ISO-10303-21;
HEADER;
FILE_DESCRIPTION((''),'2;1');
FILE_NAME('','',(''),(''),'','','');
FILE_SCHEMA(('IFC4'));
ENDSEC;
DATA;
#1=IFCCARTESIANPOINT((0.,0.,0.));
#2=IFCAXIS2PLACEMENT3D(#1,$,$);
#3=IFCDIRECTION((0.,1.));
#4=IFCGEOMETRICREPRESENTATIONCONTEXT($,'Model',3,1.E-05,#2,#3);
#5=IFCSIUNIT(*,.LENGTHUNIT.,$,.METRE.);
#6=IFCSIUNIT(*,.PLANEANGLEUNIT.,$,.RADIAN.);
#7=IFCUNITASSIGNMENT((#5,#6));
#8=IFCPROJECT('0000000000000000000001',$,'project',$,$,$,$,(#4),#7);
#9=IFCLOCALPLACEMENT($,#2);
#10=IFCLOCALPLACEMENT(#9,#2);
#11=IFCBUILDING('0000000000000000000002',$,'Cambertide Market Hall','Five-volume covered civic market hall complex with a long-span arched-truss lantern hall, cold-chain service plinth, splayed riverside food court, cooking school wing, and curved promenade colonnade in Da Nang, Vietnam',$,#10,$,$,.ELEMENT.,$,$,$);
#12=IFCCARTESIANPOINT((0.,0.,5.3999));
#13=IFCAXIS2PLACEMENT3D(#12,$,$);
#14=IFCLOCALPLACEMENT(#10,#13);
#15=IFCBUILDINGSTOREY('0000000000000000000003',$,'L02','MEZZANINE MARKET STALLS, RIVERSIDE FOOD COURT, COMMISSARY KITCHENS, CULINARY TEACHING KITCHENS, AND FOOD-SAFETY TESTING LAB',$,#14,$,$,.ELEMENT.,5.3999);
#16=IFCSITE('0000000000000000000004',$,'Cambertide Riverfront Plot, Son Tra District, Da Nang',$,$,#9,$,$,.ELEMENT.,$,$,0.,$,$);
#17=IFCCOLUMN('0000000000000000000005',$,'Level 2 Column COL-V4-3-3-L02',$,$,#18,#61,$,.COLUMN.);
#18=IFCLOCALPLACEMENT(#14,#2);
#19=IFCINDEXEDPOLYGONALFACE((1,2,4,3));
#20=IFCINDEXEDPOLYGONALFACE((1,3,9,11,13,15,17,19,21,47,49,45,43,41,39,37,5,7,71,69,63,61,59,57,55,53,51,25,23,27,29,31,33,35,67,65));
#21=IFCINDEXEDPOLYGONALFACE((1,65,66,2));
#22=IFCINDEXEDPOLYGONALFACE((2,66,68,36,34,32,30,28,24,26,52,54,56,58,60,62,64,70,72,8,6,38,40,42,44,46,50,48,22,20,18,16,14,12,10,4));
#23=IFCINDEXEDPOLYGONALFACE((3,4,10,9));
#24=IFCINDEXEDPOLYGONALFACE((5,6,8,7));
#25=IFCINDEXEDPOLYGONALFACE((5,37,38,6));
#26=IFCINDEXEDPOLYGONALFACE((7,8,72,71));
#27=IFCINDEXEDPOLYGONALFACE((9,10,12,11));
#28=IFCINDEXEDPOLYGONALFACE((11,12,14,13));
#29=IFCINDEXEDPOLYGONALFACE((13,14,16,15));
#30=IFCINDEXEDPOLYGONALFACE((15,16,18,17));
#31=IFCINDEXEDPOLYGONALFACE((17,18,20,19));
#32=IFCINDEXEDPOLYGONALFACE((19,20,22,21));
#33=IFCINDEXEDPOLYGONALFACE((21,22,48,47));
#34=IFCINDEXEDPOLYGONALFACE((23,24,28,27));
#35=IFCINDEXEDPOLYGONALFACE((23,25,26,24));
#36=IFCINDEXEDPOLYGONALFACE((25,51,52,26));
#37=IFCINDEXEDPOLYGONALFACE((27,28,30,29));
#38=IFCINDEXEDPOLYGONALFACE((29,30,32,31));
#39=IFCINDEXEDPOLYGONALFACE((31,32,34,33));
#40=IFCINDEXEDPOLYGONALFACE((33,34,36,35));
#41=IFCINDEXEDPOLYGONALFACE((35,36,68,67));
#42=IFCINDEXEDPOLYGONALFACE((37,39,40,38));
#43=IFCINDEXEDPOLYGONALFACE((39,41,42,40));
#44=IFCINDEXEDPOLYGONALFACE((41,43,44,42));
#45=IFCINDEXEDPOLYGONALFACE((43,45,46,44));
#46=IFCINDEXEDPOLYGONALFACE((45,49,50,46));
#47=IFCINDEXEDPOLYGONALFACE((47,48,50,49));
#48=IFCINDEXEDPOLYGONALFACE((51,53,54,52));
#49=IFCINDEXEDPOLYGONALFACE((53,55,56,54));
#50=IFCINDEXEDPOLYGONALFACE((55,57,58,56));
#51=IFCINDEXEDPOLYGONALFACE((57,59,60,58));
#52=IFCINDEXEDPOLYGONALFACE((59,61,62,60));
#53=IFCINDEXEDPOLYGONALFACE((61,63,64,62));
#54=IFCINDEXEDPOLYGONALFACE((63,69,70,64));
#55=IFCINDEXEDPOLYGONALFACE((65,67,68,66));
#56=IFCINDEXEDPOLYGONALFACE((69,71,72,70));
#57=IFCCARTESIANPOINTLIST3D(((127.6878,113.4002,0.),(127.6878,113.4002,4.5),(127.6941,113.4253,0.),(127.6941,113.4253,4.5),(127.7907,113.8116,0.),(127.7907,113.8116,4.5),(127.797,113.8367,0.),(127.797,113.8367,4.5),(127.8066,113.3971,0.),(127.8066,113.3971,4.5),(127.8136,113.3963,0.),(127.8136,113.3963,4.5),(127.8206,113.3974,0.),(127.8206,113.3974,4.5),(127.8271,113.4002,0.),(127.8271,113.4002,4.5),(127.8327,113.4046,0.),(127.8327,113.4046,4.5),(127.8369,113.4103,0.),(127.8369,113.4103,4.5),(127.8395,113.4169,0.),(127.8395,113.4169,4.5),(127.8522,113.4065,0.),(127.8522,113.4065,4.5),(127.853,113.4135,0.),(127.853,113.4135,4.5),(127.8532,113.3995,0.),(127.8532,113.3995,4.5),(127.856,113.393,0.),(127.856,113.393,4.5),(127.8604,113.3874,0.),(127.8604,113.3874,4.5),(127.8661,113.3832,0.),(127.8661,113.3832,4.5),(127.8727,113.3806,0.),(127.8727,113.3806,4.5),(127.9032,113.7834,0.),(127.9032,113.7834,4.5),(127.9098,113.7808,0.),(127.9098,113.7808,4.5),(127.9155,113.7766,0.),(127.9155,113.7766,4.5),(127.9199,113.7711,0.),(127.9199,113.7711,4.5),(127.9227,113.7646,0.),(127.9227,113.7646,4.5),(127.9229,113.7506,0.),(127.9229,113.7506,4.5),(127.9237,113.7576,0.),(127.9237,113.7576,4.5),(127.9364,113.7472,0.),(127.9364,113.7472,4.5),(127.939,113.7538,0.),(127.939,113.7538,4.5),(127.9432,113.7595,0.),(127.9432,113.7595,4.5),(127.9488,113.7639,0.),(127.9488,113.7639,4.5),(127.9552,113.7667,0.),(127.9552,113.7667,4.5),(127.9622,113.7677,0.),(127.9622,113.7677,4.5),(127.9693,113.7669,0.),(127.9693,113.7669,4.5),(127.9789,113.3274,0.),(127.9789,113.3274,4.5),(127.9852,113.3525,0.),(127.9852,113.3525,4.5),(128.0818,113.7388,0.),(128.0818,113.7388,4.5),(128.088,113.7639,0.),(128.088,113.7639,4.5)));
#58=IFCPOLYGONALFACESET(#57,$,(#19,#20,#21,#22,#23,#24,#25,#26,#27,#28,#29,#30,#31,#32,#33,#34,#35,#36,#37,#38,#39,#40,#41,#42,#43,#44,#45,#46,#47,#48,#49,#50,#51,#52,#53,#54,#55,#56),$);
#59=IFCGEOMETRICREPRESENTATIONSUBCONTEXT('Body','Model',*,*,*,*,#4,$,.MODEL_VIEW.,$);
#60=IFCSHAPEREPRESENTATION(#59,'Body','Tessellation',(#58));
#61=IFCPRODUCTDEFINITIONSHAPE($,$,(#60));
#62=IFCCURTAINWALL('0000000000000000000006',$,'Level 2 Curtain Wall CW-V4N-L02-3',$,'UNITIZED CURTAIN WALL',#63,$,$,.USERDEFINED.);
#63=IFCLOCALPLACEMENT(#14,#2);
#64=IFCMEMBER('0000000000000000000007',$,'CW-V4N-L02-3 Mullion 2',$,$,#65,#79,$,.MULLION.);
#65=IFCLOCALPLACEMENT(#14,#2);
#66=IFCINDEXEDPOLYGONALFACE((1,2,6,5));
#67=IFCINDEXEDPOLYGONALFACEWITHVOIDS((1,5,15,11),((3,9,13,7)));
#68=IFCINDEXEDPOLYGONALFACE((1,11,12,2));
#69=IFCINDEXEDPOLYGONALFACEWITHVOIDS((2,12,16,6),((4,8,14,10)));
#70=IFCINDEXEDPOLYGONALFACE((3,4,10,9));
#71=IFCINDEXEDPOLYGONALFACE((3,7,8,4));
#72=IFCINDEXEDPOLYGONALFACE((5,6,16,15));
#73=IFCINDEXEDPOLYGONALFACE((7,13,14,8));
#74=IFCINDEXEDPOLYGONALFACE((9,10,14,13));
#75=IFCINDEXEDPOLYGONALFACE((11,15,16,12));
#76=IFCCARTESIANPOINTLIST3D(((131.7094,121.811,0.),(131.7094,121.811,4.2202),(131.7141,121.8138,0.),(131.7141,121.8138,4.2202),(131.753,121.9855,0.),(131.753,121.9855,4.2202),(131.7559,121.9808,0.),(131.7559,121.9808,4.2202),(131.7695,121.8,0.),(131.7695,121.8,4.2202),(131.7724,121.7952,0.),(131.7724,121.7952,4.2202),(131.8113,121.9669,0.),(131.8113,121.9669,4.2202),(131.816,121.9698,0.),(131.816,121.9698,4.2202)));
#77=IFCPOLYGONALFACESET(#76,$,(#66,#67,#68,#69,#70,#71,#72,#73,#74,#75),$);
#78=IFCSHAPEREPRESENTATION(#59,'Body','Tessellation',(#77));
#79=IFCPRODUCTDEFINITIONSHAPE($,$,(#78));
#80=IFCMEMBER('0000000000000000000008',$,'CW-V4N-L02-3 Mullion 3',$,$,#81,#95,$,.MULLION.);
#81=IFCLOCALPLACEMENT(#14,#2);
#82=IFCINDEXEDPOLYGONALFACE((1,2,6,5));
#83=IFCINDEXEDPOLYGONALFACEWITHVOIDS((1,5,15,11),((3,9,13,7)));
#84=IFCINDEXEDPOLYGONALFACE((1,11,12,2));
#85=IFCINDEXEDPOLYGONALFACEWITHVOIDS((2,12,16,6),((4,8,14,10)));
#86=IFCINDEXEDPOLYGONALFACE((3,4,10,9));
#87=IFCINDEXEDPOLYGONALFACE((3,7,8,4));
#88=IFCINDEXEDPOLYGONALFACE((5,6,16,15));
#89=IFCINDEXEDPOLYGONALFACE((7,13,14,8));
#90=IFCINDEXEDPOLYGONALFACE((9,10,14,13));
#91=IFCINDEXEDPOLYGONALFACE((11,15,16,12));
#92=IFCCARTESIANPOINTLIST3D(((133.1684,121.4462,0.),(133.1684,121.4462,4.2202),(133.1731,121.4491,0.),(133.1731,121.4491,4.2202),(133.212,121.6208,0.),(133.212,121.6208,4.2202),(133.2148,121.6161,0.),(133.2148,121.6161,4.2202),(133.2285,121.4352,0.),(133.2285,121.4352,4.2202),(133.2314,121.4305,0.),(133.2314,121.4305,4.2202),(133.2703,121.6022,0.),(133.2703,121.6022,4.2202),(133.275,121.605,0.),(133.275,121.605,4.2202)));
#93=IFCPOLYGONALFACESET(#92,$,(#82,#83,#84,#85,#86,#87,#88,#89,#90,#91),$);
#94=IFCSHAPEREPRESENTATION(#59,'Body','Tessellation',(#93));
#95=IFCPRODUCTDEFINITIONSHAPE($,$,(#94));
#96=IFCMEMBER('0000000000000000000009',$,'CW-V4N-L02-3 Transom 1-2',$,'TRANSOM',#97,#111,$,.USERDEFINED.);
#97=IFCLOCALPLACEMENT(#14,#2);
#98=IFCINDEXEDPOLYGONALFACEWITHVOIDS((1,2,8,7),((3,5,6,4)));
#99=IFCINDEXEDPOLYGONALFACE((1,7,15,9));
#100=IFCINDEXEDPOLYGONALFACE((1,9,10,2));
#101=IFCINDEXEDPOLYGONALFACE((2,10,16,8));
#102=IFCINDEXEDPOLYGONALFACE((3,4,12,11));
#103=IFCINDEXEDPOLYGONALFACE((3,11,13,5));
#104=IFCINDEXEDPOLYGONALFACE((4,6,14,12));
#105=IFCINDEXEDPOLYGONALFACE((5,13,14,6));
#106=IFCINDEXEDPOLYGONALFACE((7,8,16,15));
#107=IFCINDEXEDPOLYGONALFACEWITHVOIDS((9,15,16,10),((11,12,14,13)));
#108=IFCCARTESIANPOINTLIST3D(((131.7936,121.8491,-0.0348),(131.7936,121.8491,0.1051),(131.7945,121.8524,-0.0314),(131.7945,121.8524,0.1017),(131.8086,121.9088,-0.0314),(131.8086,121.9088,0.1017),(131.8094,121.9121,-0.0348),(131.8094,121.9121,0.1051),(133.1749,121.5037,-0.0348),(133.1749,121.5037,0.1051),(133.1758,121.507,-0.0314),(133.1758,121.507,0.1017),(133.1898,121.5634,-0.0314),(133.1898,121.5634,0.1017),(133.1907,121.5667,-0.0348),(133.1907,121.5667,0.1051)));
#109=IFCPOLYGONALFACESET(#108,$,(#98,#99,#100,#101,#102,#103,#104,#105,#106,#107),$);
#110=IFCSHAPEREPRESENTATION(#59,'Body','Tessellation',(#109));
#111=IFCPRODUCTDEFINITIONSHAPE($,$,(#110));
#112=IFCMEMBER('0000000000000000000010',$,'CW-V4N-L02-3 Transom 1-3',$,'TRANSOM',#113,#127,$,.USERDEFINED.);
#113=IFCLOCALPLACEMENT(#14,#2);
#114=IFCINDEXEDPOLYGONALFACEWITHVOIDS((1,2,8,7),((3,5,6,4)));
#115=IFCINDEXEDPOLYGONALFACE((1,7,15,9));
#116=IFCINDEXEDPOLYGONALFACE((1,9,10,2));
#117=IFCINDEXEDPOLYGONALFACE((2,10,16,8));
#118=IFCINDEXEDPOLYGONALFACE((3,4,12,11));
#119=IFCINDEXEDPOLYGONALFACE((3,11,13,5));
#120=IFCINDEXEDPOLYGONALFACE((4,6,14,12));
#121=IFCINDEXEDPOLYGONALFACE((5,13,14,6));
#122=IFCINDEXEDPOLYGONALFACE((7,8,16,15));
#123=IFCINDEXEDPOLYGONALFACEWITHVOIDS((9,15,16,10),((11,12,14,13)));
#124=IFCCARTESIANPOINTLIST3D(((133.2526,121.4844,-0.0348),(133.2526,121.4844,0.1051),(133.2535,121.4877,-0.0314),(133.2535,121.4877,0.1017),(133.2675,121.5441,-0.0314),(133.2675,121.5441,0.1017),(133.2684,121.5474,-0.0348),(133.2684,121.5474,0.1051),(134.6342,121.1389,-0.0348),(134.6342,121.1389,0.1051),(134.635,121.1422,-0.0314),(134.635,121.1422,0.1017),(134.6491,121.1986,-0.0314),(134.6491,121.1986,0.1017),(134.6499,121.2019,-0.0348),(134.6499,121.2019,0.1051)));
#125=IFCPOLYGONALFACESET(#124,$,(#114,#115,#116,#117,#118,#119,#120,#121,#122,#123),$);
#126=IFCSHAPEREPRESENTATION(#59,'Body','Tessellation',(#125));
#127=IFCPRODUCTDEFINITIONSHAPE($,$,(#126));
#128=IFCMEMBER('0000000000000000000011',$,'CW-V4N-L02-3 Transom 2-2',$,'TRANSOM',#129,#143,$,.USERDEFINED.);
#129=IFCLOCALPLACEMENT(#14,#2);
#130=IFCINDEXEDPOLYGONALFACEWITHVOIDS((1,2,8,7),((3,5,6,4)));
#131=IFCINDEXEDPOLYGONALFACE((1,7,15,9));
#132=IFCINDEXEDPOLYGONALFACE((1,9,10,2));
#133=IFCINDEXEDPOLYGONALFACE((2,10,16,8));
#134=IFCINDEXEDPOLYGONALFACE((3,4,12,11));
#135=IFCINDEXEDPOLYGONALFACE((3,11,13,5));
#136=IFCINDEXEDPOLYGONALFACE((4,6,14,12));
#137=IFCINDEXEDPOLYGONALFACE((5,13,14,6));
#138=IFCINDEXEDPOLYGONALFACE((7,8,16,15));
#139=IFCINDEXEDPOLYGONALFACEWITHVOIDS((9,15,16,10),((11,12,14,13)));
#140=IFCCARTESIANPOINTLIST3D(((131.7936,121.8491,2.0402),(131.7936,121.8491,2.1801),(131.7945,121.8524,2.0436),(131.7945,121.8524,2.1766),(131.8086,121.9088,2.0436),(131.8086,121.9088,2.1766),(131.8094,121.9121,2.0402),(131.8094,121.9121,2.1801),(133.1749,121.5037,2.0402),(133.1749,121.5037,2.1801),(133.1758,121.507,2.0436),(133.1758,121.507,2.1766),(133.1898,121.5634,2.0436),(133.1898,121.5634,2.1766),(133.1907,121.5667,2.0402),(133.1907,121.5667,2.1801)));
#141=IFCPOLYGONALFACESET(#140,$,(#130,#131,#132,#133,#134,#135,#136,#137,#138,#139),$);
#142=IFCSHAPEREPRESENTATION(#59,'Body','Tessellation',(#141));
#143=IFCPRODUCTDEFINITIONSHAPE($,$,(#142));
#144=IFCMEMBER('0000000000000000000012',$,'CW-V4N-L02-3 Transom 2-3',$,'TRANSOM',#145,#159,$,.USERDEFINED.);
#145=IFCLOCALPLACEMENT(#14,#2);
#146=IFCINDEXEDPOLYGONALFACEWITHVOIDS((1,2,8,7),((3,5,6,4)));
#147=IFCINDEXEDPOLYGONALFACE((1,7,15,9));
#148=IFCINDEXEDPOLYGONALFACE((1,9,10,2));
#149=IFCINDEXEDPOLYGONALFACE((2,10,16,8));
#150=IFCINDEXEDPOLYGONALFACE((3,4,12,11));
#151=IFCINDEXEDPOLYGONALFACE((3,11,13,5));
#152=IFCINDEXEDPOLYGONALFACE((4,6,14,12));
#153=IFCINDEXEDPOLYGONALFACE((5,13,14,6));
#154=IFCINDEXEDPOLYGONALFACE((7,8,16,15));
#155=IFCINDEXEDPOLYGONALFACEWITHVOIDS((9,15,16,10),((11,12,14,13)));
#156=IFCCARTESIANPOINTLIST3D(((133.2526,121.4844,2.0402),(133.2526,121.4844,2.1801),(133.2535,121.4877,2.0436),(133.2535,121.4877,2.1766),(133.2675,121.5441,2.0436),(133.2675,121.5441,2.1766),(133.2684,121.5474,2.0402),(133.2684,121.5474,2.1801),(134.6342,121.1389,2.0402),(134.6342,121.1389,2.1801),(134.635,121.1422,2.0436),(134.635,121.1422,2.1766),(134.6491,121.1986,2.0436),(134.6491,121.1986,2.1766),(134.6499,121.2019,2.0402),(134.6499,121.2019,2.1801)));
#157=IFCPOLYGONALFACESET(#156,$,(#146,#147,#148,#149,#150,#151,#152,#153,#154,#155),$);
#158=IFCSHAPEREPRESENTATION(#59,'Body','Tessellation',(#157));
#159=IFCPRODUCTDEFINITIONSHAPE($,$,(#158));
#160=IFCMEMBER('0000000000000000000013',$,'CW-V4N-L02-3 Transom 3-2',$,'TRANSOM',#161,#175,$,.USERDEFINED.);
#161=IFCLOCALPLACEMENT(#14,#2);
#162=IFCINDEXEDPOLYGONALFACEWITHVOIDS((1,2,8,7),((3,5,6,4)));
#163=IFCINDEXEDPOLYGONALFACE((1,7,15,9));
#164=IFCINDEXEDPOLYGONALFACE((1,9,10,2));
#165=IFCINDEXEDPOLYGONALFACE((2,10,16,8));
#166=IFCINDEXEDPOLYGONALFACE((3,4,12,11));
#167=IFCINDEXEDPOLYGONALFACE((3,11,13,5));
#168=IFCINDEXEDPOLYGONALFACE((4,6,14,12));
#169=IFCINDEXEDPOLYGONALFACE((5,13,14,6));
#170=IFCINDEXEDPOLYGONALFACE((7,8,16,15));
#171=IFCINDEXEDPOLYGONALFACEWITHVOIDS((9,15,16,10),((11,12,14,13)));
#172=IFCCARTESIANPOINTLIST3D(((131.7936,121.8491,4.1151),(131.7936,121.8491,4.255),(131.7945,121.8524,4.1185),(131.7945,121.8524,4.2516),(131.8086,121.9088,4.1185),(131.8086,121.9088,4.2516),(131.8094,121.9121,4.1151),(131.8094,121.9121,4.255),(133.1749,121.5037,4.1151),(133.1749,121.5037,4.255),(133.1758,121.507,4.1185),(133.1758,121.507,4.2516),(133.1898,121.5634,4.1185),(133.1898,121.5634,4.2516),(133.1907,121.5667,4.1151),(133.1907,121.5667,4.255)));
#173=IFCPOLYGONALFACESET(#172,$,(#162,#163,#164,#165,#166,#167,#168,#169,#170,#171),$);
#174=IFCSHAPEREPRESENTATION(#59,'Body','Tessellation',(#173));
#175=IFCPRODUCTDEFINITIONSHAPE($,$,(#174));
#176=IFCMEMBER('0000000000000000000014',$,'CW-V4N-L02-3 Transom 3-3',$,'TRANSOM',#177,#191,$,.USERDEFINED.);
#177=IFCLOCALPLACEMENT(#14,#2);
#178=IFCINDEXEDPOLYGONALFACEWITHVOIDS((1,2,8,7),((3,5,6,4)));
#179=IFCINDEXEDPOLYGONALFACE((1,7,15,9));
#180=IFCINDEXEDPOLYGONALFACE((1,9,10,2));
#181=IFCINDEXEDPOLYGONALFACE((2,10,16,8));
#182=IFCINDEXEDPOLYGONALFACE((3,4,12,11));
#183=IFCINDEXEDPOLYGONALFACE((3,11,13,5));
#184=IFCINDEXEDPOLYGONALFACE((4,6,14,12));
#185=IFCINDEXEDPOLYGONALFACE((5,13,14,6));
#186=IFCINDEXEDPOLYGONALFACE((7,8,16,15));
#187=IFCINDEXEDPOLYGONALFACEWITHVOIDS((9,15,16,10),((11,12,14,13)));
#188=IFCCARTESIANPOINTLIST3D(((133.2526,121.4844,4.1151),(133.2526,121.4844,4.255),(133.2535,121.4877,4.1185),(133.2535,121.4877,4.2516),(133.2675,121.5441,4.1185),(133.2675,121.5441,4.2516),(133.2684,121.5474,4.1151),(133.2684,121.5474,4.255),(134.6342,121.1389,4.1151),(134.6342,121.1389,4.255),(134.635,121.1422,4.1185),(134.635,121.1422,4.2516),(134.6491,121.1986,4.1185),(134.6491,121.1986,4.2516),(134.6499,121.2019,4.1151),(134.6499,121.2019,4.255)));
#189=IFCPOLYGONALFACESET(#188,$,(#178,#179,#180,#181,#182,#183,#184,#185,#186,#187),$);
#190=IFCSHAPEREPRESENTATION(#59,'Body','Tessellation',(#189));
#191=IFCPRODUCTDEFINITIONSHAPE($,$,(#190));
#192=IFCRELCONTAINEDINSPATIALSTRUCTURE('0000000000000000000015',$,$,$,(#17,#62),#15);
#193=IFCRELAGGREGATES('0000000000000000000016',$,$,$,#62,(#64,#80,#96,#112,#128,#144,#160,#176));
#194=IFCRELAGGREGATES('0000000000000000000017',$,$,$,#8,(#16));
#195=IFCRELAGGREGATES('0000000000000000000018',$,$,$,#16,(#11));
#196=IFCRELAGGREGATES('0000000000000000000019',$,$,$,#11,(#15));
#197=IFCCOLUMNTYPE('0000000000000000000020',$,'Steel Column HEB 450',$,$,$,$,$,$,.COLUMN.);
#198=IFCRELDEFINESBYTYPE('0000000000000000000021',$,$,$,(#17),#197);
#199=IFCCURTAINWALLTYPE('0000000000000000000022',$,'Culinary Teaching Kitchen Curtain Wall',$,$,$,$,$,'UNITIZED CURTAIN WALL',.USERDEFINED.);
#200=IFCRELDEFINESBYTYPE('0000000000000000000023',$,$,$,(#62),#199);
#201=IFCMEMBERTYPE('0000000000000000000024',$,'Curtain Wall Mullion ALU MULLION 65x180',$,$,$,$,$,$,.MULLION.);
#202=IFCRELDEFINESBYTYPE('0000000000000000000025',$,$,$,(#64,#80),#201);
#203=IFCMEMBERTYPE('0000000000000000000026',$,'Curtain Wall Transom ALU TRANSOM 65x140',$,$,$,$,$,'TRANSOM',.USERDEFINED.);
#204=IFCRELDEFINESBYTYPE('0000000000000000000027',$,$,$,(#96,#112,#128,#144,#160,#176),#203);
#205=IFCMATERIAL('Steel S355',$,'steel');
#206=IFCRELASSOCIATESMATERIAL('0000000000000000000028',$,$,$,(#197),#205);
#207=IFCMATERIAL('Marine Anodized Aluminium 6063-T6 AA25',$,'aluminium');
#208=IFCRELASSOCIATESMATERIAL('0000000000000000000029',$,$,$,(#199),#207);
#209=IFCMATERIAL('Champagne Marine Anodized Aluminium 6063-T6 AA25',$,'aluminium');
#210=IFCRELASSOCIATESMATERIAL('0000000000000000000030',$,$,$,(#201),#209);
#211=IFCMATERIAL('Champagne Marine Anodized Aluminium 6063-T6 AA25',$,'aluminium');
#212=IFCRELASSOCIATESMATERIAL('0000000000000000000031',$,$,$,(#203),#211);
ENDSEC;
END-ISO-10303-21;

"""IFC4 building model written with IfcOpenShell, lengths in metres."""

from ifc_helpers import new_model, si_unit, direction, frame, origin, origin_2d, place, context, subcontext, project, spatial, hollow_rectangle, i_section, extrude, material, material_profile, profile_set, type_object, element, aggregate, save


model = new_model("IFC4")

# Units and contexts
model_context = context("Model", 3, precision=1e-05, world=origin(), true_north=direction((0.0, 1.0)))
body_context = subcontext(model_context, "Body", "Model", "MODEL_VIEW")
ifc_project = project(units=[si_unit("LENGTHUNIT", "METRE"), si_unit("PLANEANGLEUNIT", "RADIAN")], contexts=[model_context])

# Site, building, storey
site_placement = place(None, origin())
site = spatial("IfcSite", under=ifc_project, at=site_placement, Name="Cambertide Riverfront Plot, Son Tra District, Da Nang", CompositionType="ELEMENT", RefElevation=0.0)
building_placement = place(site_placement, origin())
building = spatial("IfcBuilding", under=site, at=building_placement, Name="Cambertide Market Hall", Description="Five-volume covered civic market hall complex with a long-span arched-truss lantern hall, cold-chain service plinth, splayed riverside food court, cooking school wing, and curved promenade colonnade in Da Nang, Vietnam", CompositionType="ELEMENT")
storey_placement = place(building_placement, frame((0.0, 0.0, 5.3999)))
storey = spatial("IfcBuildingStorey", under=building, at=storey_placement, Name="L02", Description="MEZZANINE MARKET STALLS, RIVERSIDE FOOD COURT, COMMISSARY KITCHENS, CULINARY TEACHING KITCHENS, AND FOOD-SAFETY TESTING LAB", CompositionType="ELEMENT", Elevation=5.3999)

# Column
ifc_material_1 = material(Name="Steel S355", Category="steel")
ifc_material_profile_1 = material_profile(ifc_material_1, i_section(OverallWidth=0.3, OverallDepth=0.45, WebThickness=0.0139, FlangeThickness=0.0259, FilletRadius=0.0271, at=origin_2d()), Name="HEB 450")
ifc_profile_set_1 = profile_set([ifc_material_profile_1], Name="Steel S355")
column_type = type_object("IfcColumnType", Name="Steel Column HEB 450", PredefinedType="COLUMN", material=ifc_profile_set_1)
column_placement = place(storey_placement, frame((127.8879, 113.582, 0.0), z_axis=(0.0, 0.0, 1.0), x_axis=(0.970143, -0.242536, 0.0)))
element("IfcColumn", 1, at=column_placement, inside=storey, type_object=column_type, Name="Level 2 Column COL-V4-3-3-L02", PredefinedType="COLUMN", context=body_context, shape_type="SweptSolid", body=[
    extrude(i_section(OverallWidth=0.3, OverallDepth=0.45, WebThickness=0.0139, FlangeThickness=0.0259, FilletRadius=0.0271, at=origin_2d()), origin(), (0.0, 0.0, 1.0), 4.5),
])

# Curtain wall, members
ifc_material_2 = material(Name="Marine Anodized Aluminium 6063-T6 AA25", Category="aluminium")
curtain_wall_type = type_object("IfcCurtainWallType", Name="Culinary Teaching Kitchen Curtain Wall", ElementType="UNITIZED CURTAIN WALL", PredefinedType="USERDEFINED", material=ifc_material_2)
curtain_wall_placement = place(storey_placement, origin())
curtain_wall = element("IfcCurtainWall", 2, at=curtain_wall_placement, inside=storey, type_object=curtain_wall_type, Name="Level 2 Curtain Wall CW-V4N-L02-3", ObjectType="UNITIZED CURTAIN WALL", PredefinedType="USERDEFINED")
ifc_material_3 = material(Name="Champagne Marine Anodized Aluminium 6063-T6 AA25", Category="aluminium")
ifc_material_profile_2 = material_profile(ifc_material_3, hollow_rectangle(XDim=0.0649, YDim=0.1799, WallThickness=0.0039, at=origin_2d()), Name="ALU MULLION 65x180")
ifc_profile_set_2 = profile_set([ifc_material_profile_2], Name="Champagne Marine Anodized Aluminium 6063-T6 AA25")
member_type_1 = type_object("IfcMemberType", Name="Curtain Wall Mullion ALU MULLION 65x180", PredefinedType="MULLION", material=ifc_profile_set_2)
member_1_placement = place(storey_placement, frame((131.7627, 121.8904, 0.0), z_axis=(0.0, 0.0, 1.0), x_axis=(0.970143, -0.242536, 0.0)))
member_1 = element("IfcMember", 3, at=member_1_placement, type_object=member_type_1, Name="CW-V4N-L02-3 Mullion 2", PredefinedType="MULLION", context=body_context, shape_type="SweptSolid", body=[
    extrude(hollow_rectangle(XDim=0.0649, YDim=0.1799, WallThickness=0.0039, at=origin_2d()), origin(), (0.0, 0.0, 1.0), 4.2202),
])
member_2_placement = place(storey_placement, frame((133.2217, 121.5256, 0.0), z_axis=(0.0, 0.0, 1.0), x_axis=(0.970143, -0.242536, 0.0)))
member_2 = element("IfcMember", 4, at=member_2_placement, type_object=member_type_1, Name="CW-V4N-L02-3 Mullion 3", PredefinedType="MULLION", context=body_context, shape_type="SweptSolid", body=[
    extrude(hollow_rectangle(XDim=0.0649, YDim=0.1799, WallThickness=0.0039, at=origin_2d()), origin(), (0.0, 0.0, 1.0), 4.2202),
])
ifc_material_4 = material(Name="Champagne Marine Anodized Aluminium 6063-T6 AA25", Category="aluminium")
ifc_material_profile_3 = material_profile(ifc_material_4, hollow_rectangle(XDim=0.0649, YDim=0.1399, WallThickness=0.0034, at=origin_2d()), Name="ALU TRANSOM 65x140")
ifc_profile_set_3 = profile_set([ifc_material_profile_3], Name="Champagne Marine Anodized Aluminium 6063-T6 AA25")
member_type_2 = type_object("IfcMemberType", Name="Curtain Wall Transom ALU TRANSOM 65x140", ElementType="TRANSOM", PredefinedType="USERDEFINED", material=ifc_profile_set_3)
member_3_placement = place(storey_placement, frame((131.8015, 121.8806, 0.0352), z_axis=(0.970122, -0.242616, 0.0), x_axis=(0.242616, 0.970122, 0.0)))
member_3 = element("IfcMember", 5, at=member_3_placement, type_object=member_type_2, Name="CW-V4N-L02-3 Transom 1-2", ObjectType="TRANSOM", PredefinedType="USERDEFINED", context=body_context, shape_type="SweptSolid", body=[
    extrude(hollow_rectangle(XDim=0.0649, YDim=0.1399, WallThickness=0.0034, at=origin_2d()), origin(), (0.0, 0.0, 1.0), 1.4238),
])
member_4_placement = place(storey_placement, frame((133.2605, 121.5159, 0.0352), z_axis=(0.970132, -0.242576, 0.0), x_axis=(0.242576, 0.970132, 0.0)))
member_4 = element("IfcMember", 6, at=member_4_placement, type_object=member_type_2, Name="CW-V4N-L02-3 Transom 1-3", ObjectType="TRANSOM", PredefinedType="USERDEFINED", context=body_context, shape_type="SweptSolid", body=[
    extrude(hollow_rectangle(XDim=0.0649, YDim=0.1399, WallThickness=0.0034, at=origin_2d()), origin(), (0.0, 0.0, 1.0), 1.4241),
])
member_5_placement = place(storey_placement, frame((131.8015, 121.8806, 2.1101), z_axis=(0.970122, -0.242616, 0.0), x_axis=(0.242616, 0.970122, 0.0)))
member_5 = element("IfcMember", 7, at=member_5_placement, type_object=member_type_2, Name="CW-V4N-L02-3 Transom 2-2", ObjectType="TRANSOM", PredefinedType="USERDEFINED", context=body_context, shape_type="SweptSolid", body=[
    extrude(hollow_rectangle(XDim=0.0649, YDim=0.1399, WallThickness=0.0034, at=origin_2d()), origin(), (0.0, 0.0, 1.0), 1.4238),
])
member_6_placement = place(storey_placement, frame((133.2605, 121.5159, 2.1101), z_axis=(0.970132, -0.242576, 0.0), x_axis=(0.242576, 0.970132, 0.0)))
member_6 = element("IfcMember", 8, at=member_6_placement, type_object=member_type_2, Name="CW-V4N-L02-3 Transom 2-3", ObjectType="TRANSOM", PredefinedType="USERDEFINED", context=body_context, shape_type="SweptSolid", body=[
    extrude(hollow_rectangle(XDim=0.0649, YDim=0.1399, WallThickness=0.0034, at=origin_2d()), origin(), (0.0, 0.0, 1.0), 1.4241),
])
member_7_placement = place(storey_placement, frame((131.8015, 121.8806, 4.1851), z_axis=(0.970122, -0.242616, 0.0), x_axis=(0.242616, 0.970122, 0.0)))
member_7 = element("IfcMember", 9, at=member_7_placement, type_object=member_type_2, Name="CW-V4N-L02-3 Transom 3-2", ObjectType="TRANSOM", PredefinedType="USERDEFINED", context=body_context, shape_type="SweptSolid", body=[
    extrude(hollow_rectangle(XDim=0.0649, YDim=0.1399, WallThickness=0.0034, at=origin_2d()), origin(), (0.0, 0.0, 1.0), 1.4238),
])
member_8_placement = place(storey_placement, frame((133.2605, 121.5159, 4.1851), z_axis=(0.970132, -0.242576, 0.0), x_axis=(0.242576, 0.970132, 0.0)))
member_8 = element("IfcMember", 10, at=member_8_placement, type_object=member_type_2, Name="CW-V4N-L02-3 Transom 3-3", ObjectType="TRANSOM", PredefinedType="USERDEFINED", context=body_context, shape_type="SweptSolid", body=[
    extrude(hollow_rectangle(XDim=0.0649, YDim=0.1399, WallThickness=0.0034, at=origin_2d()), origin(), (0.0, 0.0, 1.0), 1.4241),
])

aggregate(curtain_wall, [member_1, member_2, member_3, member_4, member_5, member_6, member_7, member_8])

save(model, "model.ifc")
